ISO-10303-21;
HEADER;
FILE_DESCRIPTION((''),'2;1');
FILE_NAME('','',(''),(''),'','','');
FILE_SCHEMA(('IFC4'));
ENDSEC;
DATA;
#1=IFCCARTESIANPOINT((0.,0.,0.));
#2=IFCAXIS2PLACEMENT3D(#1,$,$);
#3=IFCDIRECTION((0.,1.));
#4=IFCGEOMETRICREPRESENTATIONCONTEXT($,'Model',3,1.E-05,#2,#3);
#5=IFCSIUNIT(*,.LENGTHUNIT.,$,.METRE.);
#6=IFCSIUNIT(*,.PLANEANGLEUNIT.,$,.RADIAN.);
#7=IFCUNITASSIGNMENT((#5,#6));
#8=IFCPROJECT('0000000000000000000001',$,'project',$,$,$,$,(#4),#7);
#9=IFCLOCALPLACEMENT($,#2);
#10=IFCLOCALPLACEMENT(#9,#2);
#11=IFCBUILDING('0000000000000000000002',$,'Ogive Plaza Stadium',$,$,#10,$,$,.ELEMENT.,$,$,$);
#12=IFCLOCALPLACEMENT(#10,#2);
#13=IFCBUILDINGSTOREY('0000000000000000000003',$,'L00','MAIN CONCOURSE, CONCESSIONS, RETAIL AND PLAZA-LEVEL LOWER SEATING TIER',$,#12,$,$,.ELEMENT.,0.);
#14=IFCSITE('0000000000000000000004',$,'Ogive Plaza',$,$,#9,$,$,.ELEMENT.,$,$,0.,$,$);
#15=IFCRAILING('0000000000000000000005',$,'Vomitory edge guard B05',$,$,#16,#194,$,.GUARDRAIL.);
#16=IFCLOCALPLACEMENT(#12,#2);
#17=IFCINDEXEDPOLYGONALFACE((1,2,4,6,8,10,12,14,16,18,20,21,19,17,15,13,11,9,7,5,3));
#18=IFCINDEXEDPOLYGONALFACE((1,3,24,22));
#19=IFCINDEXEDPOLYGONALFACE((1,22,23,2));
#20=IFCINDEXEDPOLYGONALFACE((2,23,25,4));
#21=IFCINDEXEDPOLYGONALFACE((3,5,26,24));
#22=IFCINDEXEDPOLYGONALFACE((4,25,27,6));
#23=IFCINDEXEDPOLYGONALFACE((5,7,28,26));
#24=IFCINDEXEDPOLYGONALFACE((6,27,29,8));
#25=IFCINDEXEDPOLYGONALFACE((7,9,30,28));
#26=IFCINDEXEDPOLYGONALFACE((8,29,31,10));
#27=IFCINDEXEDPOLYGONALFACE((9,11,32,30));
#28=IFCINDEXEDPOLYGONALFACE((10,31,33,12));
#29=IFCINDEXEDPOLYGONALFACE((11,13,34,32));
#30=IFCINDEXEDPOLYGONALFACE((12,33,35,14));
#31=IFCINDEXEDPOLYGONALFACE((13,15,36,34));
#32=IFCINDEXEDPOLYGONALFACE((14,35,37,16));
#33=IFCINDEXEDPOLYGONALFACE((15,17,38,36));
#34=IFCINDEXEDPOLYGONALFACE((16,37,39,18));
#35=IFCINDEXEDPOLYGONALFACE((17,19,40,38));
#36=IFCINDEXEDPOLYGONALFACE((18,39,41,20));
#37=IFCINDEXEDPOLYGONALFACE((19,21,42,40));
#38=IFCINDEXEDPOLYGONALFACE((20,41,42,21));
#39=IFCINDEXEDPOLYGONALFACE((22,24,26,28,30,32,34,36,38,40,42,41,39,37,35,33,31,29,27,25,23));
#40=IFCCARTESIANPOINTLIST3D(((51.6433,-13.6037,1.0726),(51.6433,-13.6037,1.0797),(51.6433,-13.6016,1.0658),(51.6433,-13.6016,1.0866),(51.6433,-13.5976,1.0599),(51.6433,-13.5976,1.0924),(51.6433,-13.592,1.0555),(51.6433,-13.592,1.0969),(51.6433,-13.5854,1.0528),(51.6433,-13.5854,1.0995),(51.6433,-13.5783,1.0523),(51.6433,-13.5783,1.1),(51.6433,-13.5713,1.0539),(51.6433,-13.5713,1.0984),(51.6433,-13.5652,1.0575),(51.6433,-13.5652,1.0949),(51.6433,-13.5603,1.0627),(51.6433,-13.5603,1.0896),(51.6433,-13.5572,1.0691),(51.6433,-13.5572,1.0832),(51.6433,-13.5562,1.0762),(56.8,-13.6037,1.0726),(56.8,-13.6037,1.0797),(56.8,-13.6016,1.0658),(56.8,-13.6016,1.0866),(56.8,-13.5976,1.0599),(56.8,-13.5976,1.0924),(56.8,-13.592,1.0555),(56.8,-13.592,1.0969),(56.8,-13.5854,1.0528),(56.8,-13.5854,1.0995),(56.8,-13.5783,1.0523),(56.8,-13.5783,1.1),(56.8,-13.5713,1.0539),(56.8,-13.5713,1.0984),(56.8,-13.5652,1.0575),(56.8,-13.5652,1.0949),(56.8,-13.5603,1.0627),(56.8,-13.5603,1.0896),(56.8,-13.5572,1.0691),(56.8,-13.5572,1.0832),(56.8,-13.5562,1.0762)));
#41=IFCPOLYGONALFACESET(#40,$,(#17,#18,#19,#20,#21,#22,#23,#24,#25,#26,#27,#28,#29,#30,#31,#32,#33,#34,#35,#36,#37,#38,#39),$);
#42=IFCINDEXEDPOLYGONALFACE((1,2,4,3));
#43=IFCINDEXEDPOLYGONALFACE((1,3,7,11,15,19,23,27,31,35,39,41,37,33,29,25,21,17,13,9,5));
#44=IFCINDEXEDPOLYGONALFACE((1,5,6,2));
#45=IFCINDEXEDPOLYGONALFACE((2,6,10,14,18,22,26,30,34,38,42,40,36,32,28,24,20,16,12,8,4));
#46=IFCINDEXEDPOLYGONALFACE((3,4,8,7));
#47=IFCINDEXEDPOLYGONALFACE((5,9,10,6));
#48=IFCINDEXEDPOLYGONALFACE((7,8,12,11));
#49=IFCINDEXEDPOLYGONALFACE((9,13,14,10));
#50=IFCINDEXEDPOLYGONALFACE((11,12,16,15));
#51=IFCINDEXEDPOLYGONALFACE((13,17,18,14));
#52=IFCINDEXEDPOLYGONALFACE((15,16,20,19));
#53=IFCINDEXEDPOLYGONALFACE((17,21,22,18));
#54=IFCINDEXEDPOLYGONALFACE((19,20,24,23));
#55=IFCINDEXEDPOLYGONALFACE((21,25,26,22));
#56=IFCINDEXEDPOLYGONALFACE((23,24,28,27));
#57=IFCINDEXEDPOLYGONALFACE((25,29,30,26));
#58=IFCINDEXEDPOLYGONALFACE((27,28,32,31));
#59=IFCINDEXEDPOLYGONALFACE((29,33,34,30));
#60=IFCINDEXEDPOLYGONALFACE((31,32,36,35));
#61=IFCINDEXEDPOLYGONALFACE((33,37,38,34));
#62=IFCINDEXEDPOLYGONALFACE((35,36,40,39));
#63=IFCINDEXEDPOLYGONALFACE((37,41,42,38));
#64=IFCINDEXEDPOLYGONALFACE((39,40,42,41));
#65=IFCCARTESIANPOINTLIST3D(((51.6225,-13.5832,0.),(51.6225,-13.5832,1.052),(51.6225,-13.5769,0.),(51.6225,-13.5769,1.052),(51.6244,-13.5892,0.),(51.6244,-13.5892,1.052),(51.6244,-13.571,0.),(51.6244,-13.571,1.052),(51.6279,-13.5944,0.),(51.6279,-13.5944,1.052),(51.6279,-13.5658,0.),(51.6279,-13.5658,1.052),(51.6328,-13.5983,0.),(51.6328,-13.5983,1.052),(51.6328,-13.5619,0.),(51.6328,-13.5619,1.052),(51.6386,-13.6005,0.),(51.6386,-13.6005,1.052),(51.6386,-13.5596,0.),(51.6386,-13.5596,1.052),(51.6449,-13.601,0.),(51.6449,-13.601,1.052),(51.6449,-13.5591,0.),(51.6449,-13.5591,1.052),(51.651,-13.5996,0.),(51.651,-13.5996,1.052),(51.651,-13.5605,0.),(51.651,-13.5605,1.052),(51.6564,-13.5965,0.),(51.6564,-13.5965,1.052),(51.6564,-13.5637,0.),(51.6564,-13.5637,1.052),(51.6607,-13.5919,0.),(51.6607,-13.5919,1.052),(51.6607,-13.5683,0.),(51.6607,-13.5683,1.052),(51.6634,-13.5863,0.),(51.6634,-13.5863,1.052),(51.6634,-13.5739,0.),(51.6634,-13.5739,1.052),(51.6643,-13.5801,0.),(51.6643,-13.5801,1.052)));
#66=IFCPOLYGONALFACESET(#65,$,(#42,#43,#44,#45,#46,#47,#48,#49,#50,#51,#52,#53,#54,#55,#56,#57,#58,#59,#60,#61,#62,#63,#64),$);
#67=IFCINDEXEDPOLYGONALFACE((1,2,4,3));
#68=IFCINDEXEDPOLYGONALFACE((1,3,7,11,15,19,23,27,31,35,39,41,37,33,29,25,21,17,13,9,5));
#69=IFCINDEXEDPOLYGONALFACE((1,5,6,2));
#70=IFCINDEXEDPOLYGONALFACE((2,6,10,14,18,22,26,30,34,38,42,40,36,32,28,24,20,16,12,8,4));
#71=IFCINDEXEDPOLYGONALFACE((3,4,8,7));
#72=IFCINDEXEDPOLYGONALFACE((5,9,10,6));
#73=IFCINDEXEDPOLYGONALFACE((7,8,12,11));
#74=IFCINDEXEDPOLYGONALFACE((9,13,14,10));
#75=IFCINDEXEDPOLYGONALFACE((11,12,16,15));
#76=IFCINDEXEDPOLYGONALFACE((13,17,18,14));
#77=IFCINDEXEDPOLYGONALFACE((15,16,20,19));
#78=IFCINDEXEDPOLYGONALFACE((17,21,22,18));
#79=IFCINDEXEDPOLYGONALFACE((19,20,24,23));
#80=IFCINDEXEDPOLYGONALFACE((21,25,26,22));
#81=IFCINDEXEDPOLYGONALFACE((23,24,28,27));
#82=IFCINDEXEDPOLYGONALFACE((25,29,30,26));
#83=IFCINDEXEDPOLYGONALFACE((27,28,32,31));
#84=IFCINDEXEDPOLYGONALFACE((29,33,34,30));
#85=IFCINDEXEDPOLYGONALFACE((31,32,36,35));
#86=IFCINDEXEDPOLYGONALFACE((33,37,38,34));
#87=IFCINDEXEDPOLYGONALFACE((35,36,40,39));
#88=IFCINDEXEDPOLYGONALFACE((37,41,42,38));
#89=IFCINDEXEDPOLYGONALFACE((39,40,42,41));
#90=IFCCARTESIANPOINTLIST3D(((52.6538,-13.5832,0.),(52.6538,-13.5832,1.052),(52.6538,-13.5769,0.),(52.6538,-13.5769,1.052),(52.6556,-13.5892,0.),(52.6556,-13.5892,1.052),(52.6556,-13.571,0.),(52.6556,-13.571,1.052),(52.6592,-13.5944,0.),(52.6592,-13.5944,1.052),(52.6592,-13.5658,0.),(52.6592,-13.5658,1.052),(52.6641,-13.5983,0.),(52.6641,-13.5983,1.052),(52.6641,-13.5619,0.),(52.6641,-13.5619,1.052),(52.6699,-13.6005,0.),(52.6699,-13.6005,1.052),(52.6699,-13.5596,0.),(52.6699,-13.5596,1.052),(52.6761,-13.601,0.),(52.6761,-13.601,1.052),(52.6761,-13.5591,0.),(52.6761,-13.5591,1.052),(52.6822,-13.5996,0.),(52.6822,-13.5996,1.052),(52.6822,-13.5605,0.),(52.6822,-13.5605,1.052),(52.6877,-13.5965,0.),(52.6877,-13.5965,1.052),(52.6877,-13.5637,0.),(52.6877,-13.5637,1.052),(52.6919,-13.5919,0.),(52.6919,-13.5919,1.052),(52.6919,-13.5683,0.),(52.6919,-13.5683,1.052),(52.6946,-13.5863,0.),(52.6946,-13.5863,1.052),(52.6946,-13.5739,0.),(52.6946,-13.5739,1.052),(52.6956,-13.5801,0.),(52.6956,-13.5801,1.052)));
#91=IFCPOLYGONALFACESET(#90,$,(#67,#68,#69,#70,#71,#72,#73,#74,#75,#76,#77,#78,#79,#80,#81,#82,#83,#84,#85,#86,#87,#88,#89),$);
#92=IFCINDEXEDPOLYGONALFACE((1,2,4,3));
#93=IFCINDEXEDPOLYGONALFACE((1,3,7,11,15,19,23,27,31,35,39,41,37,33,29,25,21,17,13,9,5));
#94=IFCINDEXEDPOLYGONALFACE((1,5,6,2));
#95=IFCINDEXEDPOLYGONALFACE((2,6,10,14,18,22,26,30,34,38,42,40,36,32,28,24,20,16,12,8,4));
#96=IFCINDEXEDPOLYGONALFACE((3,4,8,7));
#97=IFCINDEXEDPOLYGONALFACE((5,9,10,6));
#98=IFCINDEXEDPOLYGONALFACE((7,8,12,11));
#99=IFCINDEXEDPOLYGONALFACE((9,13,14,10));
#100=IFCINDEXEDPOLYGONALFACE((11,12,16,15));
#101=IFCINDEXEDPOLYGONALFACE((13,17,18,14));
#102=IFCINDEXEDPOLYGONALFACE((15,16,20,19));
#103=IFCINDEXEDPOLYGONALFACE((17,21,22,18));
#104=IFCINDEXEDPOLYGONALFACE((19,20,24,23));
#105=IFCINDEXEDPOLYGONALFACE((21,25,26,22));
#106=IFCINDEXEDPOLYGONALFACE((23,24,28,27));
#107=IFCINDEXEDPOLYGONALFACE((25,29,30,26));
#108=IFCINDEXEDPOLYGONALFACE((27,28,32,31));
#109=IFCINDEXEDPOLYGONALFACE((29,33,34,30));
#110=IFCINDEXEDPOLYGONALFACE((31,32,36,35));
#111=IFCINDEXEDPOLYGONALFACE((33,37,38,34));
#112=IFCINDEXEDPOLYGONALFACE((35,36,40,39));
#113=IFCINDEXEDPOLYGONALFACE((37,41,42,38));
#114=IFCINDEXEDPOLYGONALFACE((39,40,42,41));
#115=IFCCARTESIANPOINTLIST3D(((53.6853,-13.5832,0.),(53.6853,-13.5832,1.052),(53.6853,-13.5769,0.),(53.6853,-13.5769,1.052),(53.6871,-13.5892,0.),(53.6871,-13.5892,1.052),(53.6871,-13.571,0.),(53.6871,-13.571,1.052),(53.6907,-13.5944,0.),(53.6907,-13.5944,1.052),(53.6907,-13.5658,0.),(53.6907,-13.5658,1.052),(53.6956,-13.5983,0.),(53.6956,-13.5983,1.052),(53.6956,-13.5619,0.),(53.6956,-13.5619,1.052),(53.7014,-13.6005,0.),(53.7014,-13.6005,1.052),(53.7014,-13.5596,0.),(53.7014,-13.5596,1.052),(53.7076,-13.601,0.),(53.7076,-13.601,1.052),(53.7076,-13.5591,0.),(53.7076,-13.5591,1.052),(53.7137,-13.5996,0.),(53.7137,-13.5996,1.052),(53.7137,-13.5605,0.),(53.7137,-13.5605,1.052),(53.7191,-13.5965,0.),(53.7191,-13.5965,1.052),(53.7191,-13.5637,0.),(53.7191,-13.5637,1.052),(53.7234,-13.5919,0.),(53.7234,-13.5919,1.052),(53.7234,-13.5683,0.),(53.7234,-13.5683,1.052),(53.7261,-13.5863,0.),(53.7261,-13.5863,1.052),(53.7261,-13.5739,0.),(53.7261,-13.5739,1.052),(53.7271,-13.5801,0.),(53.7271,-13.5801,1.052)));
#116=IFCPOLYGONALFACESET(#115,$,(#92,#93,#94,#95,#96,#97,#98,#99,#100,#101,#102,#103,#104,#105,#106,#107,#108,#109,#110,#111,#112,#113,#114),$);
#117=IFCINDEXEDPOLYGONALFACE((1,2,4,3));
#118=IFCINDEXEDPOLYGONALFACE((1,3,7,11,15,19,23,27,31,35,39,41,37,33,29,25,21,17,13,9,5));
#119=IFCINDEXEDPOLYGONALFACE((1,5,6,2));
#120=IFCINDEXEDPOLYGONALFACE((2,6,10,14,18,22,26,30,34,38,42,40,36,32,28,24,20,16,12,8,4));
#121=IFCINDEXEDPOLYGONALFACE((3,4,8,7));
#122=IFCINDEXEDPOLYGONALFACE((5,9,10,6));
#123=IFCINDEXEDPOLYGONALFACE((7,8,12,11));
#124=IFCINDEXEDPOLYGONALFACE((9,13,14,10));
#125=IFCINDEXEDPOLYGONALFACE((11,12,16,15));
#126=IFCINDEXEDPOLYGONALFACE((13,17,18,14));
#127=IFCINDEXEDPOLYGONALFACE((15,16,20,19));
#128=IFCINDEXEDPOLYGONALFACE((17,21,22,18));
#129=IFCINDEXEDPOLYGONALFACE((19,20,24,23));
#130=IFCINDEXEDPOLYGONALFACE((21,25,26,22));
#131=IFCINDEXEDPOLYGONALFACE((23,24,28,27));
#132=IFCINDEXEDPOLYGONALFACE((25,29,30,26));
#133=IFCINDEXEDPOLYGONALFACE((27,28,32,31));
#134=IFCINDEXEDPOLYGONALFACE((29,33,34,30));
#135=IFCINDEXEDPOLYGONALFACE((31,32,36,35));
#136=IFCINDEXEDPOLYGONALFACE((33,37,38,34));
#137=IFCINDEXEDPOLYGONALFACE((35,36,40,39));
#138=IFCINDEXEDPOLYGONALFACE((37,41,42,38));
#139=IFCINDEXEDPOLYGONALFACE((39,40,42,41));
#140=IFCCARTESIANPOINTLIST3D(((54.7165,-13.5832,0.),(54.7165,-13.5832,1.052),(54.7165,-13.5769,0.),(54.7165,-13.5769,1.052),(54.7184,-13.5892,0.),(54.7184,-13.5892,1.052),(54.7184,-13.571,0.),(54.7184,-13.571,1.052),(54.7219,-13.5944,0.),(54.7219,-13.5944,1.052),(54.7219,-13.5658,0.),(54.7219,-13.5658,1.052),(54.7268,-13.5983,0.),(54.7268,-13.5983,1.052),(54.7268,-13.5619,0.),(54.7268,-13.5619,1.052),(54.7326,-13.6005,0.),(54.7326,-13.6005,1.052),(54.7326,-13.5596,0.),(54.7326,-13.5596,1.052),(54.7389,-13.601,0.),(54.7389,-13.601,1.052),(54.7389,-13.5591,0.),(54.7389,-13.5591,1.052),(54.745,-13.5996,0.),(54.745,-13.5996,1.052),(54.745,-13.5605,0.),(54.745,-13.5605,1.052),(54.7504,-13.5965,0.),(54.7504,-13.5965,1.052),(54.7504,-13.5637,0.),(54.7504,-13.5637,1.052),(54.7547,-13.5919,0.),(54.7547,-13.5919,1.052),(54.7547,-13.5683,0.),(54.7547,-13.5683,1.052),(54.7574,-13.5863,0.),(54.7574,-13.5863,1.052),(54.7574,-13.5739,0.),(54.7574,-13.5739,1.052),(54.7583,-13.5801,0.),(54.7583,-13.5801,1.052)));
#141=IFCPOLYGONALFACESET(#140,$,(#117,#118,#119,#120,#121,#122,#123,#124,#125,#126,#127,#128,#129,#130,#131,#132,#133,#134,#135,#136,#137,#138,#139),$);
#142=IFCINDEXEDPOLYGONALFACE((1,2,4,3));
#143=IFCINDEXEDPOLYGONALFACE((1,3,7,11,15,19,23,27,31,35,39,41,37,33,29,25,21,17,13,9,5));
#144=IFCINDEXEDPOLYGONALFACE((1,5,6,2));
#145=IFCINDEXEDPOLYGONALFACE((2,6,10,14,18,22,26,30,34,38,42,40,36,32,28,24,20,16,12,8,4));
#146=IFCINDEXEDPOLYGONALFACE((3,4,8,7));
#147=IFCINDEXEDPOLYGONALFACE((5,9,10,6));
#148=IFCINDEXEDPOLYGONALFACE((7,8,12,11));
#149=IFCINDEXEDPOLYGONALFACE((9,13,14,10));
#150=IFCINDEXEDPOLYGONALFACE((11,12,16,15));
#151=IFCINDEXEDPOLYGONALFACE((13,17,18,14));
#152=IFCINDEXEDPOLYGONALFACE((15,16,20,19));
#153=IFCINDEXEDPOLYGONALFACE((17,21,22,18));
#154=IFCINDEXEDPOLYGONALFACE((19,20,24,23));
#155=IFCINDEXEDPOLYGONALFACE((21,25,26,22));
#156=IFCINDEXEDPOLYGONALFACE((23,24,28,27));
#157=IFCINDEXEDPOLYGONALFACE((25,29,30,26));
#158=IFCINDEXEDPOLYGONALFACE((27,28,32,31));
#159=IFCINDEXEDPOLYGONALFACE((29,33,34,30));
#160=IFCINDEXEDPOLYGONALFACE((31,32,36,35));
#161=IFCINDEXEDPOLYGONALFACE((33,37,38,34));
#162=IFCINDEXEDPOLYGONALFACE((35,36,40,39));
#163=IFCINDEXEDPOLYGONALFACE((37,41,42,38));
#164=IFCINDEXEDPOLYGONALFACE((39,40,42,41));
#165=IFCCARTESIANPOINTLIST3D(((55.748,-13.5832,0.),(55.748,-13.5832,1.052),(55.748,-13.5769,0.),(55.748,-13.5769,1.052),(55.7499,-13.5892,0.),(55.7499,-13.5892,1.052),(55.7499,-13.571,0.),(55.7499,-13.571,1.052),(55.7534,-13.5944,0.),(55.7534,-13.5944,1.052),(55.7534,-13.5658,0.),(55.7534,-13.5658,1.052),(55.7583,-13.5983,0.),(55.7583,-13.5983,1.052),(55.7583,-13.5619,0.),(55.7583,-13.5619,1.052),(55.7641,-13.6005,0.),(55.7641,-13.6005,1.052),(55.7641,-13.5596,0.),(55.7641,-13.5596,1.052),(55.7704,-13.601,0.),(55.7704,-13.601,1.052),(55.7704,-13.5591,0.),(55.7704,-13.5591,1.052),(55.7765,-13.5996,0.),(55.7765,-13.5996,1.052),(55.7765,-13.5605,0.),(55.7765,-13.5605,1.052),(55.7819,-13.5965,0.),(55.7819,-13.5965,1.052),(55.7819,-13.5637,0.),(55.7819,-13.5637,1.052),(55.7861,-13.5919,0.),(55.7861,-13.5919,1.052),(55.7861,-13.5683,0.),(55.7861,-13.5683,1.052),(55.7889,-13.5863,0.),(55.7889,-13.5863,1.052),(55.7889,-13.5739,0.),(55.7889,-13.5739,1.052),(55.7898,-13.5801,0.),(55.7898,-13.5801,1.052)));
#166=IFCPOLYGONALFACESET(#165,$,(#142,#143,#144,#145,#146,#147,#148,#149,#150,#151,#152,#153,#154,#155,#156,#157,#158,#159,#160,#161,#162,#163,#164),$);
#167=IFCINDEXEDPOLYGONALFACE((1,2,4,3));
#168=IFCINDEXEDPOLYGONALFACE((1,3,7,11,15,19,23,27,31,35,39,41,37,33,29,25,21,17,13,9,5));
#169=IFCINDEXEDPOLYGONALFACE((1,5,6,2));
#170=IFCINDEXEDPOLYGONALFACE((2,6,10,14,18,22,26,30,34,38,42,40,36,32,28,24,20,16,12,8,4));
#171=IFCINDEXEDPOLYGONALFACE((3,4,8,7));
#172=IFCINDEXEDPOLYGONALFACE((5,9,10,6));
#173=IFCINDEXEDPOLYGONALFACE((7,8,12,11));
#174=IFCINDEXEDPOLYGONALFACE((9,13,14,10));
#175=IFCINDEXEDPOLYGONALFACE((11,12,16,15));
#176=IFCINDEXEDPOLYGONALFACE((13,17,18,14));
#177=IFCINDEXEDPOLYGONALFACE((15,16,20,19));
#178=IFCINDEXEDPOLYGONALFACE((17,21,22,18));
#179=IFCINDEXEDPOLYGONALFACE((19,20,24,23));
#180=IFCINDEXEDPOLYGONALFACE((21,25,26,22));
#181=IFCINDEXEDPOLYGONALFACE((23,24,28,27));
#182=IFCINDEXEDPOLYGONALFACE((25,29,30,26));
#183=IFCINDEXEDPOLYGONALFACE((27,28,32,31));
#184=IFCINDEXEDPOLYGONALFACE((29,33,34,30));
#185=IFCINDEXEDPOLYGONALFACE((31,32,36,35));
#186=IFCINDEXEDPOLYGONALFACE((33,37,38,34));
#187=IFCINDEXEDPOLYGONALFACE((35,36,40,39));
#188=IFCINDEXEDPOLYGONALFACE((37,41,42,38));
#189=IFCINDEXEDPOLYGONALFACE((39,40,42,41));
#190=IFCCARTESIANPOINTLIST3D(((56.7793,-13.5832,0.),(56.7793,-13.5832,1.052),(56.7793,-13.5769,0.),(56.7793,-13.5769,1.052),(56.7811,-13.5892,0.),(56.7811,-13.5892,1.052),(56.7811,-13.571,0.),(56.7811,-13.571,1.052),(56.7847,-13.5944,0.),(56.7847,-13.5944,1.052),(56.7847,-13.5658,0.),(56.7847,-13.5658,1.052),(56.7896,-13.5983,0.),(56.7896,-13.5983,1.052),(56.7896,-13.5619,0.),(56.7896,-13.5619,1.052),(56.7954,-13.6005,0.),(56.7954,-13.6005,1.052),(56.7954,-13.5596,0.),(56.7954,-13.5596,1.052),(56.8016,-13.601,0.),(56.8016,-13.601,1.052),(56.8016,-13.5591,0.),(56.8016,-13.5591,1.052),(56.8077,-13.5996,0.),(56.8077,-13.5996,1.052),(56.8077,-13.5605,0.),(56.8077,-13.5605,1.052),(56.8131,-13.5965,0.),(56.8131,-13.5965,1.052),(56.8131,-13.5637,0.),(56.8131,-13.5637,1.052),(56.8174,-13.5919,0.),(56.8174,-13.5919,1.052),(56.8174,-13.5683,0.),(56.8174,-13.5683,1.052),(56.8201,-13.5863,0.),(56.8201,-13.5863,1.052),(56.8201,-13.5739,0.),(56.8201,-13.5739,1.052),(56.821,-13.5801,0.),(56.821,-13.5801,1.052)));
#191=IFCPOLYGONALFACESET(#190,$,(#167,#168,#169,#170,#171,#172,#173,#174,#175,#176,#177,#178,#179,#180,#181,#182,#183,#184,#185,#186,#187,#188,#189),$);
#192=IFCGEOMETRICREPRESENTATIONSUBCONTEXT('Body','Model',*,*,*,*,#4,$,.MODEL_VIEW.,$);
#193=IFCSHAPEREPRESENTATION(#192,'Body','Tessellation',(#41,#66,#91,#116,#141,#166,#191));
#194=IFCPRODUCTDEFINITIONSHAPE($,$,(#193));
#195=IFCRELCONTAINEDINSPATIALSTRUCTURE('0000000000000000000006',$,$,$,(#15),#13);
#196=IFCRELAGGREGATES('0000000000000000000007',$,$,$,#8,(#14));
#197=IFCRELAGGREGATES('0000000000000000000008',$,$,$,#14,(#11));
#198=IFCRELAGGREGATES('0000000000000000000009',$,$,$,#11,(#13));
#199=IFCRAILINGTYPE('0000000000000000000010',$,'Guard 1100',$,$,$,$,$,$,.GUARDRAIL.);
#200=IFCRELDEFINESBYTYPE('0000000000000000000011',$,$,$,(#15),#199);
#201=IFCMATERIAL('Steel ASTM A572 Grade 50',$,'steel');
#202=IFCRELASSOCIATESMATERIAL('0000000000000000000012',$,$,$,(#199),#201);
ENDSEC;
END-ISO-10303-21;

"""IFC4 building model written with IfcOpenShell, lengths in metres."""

from ifc_helpers import new_model, si_unit, direction, frame, origin, origin_2d, place, context, subcontext, project, spatial, circle, extrude, material, type_object, element, save


model = new_model("IFC4")

# Units and contexts
model_context = context("Model", 3, precision=1e-05, world=origin(), true_north=direction((0.0, 1.0)))
body_context = subcontext(model_context, "Body", "Model", "MODEL_VIEW")
ifc_project = project(units=[si_unit("LENGTHUNIT", "METRE"), si_unit("PLANEANGLEUNIT", "RADIAN")], contexts=[model_context])

# Site, building, storey
site_placement = place(None, origin())
site = spatial("IfcSite", under=ifc_project, at=site_placement, Name="Ogive Plaza", CompositionType="ELEMENT", RefElevation=0.0)
building_placement = place(site_placement, origin())
building = spatial("IfcBuilding", under=site, at=building_placement, Name="Ogive Plaza Stadium", CompositionType="ELEMENT")
storey_placement = place(building_placement, origin())
storey = spatial("IfcBuildingStorey", under=building, at=storey_placement, Name="L00", Description="MAIN CONCOURSE, CONCESSIONS, RETAIL AND PLAZA-LEVEL LOWER SEATING TIER", CompositionType="ELEMENT", Elevation=0.0)

# Railing
ifc_material_1 = material(Name="Steel ASTM A572 Grade 50", Category="steel")
railing_type = type_object("IfcRailingType", Name="Guard 1100", PredefinedType="GUARDRAIL", material=ifc_material_1)
for number, where, name in (
    (1, (51.6433, -13.5801, 0.0), "Vomitory edge guard B05"),
):
    element("IfcRailing", number, at=place(storey_placement, frame(where)), inside=storey, type_object=railing_type, Name=name, PredefinedType="GUARDRAIL", context=body_context, shape_type="SweptSolid", body=[
        extrude(circle(Radius=0.0239, at=origin_2d()), frame((0.0, 0.0, 1.0762), z_axis=(1.0, 0.0, 0.0), x_axis=(0.0, 1.0, 0.0)), (0.0, 0.0, 1.0), 5.1567),
        extrude(circle(Radius=0.021, at=origin_2d()), origin(), (0.0, 0.0, 1.0), 1.052),
        extrude(circle(Radius=0.021, at=origin_2d()), frame((1.0312, 0.0, 0.0)), (0.0, 0.0, 1.0), 1.052),
        extrude(circle(Radius=0.021, at=origin_2d()), frame((2.0627, 0.0, 0.0)), (0.0, 0.0, 1.0), 1.052),
        extrude(circle(Radius=0.021, at=origin_2d()), frame((3.094, 0.0, 0.0)), (0.0, 0.0, 1.0), 1.052),
        extrude(circle(Radius=0.021, at=origin_2d()), frame((4.1255, 0.0, 0.0)), (0.0, 0.0, 1.0), 1.052),
        extrude(circle(Radius=0.021, at=origin_2d()), frame((5.1567, 0.0, 0.0)), (0.0, 0.0, 1.0), 1.052),
    ])

save(model, "model.ifc")
